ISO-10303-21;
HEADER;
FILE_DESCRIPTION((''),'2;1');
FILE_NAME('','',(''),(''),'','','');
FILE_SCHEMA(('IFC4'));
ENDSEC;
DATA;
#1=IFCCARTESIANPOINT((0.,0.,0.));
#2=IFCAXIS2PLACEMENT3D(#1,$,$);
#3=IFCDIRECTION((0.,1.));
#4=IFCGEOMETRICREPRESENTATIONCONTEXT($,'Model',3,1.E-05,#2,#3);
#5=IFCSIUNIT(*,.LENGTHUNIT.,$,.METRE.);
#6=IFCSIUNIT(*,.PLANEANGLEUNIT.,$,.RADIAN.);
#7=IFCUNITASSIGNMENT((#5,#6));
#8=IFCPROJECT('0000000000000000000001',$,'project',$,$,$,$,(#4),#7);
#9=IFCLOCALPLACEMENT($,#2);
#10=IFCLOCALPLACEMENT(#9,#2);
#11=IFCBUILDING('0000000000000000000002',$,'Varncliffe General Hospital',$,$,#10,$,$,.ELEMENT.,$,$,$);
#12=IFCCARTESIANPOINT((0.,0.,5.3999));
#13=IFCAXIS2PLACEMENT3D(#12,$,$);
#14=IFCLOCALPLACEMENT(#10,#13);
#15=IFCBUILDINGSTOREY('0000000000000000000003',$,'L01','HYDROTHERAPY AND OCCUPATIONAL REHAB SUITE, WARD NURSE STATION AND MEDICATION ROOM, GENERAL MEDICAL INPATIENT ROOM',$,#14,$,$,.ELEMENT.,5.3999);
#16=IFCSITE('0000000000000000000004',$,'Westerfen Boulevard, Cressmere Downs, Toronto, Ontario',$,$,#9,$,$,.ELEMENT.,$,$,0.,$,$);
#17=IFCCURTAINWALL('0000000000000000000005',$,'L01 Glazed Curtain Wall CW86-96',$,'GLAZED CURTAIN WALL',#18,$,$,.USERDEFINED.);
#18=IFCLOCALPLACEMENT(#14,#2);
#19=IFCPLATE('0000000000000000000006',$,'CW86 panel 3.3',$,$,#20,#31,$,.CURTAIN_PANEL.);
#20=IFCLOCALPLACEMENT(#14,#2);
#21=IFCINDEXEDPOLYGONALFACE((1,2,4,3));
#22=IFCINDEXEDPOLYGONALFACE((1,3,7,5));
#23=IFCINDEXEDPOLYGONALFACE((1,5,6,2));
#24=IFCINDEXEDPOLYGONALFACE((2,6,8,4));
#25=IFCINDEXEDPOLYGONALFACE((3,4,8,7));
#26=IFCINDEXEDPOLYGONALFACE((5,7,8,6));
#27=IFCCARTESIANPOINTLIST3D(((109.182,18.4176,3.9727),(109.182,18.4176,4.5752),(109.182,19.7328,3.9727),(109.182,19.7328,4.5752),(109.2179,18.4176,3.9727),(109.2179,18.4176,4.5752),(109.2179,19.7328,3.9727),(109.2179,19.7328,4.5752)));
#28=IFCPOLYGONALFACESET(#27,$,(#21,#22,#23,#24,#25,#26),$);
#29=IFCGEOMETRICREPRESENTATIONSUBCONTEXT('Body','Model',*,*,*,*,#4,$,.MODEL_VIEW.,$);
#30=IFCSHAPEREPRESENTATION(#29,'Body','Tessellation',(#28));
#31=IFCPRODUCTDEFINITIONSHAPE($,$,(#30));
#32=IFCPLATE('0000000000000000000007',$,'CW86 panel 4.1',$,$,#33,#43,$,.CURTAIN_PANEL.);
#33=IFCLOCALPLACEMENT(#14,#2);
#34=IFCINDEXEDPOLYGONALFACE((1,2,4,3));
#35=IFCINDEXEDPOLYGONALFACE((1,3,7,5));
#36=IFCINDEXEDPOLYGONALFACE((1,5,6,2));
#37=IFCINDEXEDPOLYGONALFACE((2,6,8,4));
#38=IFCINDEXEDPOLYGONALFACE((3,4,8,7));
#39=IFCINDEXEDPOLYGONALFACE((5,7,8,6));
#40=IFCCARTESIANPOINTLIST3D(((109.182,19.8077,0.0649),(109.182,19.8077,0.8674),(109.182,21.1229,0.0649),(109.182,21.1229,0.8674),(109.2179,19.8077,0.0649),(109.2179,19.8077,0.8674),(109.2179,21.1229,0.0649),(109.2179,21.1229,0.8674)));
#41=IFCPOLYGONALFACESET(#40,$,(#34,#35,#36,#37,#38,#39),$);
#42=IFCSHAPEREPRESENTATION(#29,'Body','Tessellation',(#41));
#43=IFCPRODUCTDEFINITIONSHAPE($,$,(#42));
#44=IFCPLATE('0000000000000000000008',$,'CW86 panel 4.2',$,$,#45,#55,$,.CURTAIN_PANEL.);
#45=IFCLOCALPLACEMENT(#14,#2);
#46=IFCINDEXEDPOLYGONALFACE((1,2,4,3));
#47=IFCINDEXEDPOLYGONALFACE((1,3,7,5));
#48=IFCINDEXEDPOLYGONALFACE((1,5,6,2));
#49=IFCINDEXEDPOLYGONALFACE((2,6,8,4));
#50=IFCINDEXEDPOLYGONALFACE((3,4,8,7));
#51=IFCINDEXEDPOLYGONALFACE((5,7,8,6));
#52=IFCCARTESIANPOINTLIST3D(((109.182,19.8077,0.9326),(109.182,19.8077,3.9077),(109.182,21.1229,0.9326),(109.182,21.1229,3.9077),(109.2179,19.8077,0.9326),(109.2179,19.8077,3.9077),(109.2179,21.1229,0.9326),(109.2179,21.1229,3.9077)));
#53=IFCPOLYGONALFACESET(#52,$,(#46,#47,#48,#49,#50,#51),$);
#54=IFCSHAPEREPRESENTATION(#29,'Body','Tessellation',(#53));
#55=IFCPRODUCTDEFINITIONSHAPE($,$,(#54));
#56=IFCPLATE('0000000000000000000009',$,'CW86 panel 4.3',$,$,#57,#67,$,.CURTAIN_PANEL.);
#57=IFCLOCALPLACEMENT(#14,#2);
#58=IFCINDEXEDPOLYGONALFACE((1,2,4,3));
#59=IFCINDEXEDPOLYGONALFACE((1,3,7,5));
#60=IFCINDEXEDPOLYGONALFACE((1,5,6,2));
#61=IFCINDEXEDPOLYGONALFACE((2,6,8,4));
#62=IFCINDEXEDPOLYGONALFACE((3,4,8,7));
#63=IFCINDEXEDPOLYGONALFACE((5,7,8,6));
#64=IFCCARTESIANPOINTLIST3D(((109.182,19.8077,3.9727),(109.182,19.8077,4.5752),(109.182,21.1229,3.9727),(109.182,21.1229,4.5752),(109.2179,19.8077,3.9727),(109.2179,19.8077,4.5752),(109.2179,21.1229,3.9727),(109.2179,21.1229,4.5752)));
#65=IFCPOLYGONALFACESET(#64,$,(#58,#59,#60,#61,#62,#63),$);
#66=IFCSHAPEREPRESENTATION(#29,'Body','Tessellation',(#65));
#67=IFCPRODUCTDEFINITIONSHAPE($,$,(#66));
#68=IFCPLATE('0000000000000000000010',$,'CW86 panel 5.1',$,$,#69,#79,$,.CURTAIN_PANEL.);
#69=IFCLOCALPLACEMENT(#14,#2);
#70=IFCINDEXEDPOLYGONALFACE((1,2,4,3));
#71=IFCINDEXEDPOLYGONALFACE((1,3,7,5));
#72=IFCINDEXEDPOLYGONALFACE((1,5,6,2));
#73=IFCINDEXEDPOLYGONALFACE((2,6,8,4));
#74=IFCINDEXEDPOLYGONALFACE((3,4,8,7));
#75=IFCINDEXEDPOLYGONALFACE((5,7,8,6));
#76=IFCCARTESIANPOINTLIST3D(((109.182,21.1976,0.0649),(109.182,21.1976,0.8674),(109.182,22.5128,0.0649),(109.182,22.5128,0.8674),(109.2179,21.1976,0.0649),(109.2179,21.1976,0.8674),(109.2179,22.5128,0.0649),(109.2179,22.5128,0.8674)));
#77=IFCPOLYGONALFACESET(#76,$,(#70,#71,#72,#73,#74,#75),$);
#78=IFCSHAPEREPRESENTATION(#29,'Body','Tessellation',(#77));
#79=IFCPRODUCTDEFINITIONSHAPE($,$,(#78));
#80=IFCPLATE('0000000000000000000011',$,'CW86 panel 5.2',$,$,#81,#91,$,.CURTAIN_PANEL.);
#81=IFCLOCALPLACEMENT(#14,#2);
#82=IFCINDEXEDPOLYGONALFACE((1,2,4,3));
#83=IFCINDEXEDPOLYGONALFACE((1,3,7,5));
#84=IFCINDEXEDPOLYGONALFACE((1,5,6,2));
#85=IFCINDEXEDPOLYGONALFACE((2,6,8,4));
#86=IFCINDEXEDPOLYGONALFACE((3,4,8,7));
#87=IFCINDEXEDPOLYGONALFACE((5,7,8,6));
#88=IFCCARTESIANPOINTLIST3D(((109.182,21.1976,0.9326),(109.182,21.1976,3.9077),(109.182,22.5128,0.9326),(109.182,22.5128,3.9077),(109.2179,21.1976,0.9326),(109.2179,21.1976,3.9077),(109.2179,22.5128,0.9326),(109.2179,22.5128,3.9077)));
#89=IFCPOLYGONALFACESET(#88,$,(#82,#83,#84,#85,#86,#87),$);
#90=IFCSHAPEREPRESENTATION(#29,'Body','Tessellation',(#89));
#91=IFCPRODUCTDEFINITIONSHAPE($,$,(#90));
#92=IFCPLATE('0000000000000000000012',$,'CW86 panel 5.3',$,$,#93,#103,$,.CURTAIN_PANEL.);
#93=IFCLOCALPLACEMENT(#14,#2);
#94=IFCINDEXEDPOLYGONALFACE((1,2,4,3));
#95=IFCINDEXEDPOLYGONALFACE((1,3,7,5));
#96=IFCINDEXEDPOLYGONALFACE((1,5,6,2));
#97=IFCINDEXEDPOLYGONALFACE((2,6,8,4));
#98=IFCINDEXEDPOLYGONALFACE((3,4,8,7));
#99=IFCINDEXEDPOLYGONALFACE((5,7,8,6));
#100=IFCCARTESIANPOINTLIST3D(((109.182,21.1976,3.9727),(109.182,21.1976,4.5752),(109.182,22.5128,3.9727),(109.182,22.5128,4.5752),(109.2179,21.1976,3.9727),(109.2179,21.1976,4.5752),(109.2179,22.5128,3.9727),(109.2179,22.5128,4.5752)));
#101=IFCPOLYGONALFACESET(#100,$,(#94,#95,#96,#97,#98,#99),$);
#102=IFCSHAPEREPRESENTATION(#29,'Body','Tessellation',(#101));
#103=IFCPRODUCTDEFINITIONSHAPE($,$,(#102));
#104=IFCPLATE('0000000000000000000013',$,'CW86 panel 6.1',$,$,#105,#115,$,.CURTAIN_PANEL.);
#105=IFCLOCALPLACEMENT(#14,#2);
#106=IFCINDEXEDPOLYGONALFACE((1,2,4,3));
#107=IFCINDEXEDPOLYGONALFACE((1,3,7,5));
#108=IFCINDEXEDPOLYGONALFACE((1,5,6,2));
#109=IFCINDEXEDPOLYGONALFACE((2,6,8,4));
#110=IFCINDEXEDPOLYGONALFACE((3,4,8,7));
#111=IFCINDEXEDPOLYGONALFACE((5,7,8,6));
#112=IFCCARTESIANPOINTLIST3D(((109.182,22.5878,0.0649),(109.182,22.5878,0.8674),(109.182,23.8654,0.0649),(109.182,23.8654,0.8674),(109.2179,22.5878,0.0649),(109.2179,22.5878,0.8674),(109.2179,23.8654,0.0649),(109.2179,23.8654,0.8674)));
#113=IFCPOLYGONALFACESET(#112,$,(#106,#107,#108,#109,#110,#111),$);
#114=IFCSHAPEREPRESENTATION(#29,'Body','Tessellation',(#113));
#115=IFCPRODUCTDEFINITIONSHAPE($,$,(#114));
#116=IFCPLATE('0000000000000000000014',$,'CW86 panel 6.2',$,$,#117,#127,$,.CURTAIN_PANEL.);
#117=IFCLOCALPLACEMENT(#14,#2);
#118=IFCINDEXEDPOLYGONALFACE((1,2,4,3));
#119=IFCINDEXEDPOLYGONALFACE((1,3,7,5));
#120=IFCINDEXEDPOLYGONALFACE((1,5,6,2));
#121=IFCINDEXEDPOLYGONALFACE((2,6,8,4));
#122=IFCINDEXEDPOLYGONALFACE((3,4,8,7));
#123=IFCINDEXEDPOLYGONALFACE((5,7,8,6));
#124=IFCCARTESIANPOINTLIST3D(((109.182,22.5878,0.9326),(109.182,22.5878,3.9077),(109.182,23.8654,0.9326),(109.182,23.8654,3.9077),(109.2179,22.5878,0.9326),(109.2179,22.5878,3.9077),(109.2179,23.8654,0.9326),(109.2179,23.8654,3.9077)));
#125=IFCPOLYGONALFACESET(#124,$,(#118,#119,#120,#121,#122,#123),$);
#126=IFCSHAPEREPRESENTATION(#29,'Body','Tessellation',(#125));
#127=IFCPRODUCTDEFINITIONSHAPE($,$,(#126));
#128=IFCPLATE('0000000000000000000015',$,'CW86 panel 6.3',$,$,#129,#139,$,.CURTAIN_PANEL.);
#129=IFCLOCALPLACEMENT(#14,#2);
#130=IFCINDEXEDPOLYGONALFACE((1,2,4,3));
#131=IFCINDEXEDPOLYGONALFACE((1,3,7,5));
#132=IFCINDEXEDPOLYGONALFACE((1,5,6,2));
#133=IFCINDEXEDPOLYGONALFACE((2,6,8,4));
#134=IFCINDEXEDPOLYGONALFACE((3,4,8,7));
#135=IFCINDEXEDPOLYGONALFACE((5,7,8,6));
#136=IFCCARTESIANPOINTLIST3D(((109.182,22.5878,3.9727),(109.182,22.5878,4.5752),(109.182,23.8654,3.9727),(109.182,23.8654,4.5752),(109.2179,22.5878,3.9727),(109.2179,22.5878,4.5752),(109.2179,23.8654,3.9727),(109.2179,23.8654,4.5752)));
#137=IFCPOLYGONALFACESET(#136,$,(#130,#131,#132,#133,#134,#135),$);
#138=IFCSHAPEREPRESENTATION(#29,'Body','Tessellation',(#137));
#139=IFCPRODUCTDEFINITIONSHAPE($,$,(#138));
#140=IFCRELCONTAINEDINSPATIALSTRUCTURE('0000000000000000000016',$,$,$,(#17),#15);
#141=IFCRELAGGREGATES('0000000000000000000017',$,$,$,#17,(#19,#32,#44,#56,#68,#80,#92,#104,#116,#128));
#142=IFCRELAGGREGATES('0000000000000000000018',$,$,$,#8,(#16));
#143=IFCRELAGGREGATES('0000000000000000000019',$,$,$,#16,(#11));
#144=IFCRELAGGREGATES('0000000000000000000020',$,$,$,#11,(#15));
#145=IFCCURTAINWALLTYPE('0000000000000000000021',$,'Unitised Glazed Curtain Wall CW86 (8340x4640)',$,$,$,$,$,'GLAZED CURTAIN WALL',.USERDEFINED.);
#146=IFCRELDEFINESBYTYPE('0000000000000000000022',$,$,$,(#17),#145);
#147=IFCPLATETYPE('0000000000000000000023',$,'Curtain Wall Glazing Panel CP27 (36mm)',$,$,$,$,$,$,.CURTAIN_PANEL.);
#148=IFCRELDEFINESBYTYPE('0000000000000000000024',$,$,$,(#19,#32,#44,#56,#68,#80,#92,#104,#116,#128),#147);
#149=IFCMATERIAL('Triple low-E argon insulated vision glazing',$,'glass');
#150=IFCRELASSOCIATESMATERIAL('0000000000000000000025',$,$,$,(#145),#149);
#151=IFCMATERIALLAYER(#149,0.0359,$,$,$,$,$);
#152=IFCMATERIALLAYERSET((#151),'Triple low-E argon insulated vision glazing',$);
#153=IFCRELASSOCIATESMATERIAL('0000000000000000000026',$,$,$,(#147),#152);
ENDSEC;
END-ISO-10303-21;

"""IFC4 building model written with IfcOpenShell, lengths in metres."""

from ifc_helpers import new_model, si_unit, direction, frame, origin, origin_2d, place, context, subcontext, project, spatial, rectangle, extrude, material, layer, layer_set, type_object, element, aggregate, save


model = new_model("IFC4")

# Units and contexts
model_context = context("Model", 3, precision=1e-05, world=origin(), true_north=direction((0.0, 1.0)))
body_context = subcontext(model_context, "Body", "Model", "MODEL_VIEW")
ifc_project = project(units=[si_unit("LENGTHUNIT", "METRE"), si_unit("PLANEANGLEUNIT", "RADIAN")], contexts=[model_context])

# Site, building, storey
site_placement = place(None, origin())
site = spatial("IfcSite", under=ifc_project, at=site_placement, Name="Westerfen Boulevard, Cressmere Downs, Toronto, Ontario", CompositionType="ELEMENT", RefElevation=0.0)
building_placement = place(site_placement, origin())
building = spatial("IfcBuilding", under=site, at=building_placement, Name="Varncliffe General Hospital", CompositionType="ELEMENT")
storey_placement = place(building_placement, frame((0.0, 0.0, 5.3999)))
storey = spatial("IfcBuildingStorey", under=building, at=storey_placement, Name="L01", Description="HYDROTHERAPY AND OCCUPATIONAL REHAB SUITE, WARD NURSE STATION AND MEDICATION ROOM, GENERAL MEDICAL INPATIENT ROOM", CompositionType="ELEMENT", Elevation=5.3999)

# Shared definitions
ifc_material_1 = material(Name="Triple low-E argon insulated vision glazing", Category="glass")

# Curtain wall, plates
curtain_wall_type_1 = type_object("IfcCurtainWallType", Name="Unitised Glazed Curtain Wall CW86 (8340x4640)", ElementType="GLAZED CURTAIN WALL", PredefinedType="USERDEFINED", material=ifc_material_1)
curtain_wall_1_placement = place(storey_placement, origin())
curtain_wall_1 = element("IfcCurtainWall", 1, at=curtain_wall_1_placement, inside=storey, type_object=curtain_wall_type_1, Name="L01 Glazed Curtain Wall CW86-96", ObjectType="GLAZED CURTAIN WALL", PredefinedType="USERDEFINED")
ifc_layer = layer(ifc_material_1, 0.0359)
ifc_layer_set = layer_set([ifc_layer], Name="Triple low-E argon insulated vision glazing")
plate_type = type_object("IfcPlateType", Name="Curtain Wall Glazing Panel CP27 (36mm)", PredefinedType="CURTAIN_PANEL", material=ifc_layer_set)
plate_1_placement = place(storey_placement, frame((109.2, 19.0752, 3.9727), z_axis=(0.0, 0.0, 1.0), x_axis=(0.0, 1.0, 0.0)))
plate_1 = element("IfcPlate", 2, at=plate_1_placement, type_object=plate_type, Name="CW86 panel 3.3", PredefinedType="CURTAIN_PANEL", context=body_context, shape_type="SweptSolid", body=[
    extrude(rectangle(XDim=1.3152, YDim=0.0359, at=origin_2d()), origin(), (0.0, 0.0, 1.0), 0.6025),
])
plate_2_placement = place(storey_placement, frame((109.2, 20.4653, 0.0649), z_axis=(0.0, 0.0, 1.0), x_axis=(0.0, 1.0, 0.0)))
plate_2 = element("IfcPlate", 3, at=plate_2_placement, type_object=plate_type, Name="CW86 panel 4.1", PredefinedType="CURTAIN_PANEL", context=body_context, shape_type="SweptSolid", body=[
    extrude(rectangle(XDim=1.3152, YDim=0.0359, at=origin_2d()), origin(), (0.0, 0.0, 1.0), 0.8025),
])
plate_3_placement = place(storey_placement, frame((109.2, 20.4653, 0.9326), z_axis=(0.0, 0.0, 1.0), x_axis=(0.0, 1.0, 0.0)))
plate_3 = element("IfcPlate", 4, at=plate_3_placement, type_object=plate_type, Name="CW86 panel 4.2", PredefinedType="CURTAIN_PANEL", context=body_context, shape_type="SweptSolid", body=[
    extrude(rectangle(XDim=1.3152, YDim=0.0359, at=origin_2d()), origin(), (0.0, 0.0, 1.0), 2.9751),
])
plate_4_placement = place(storey_placement, frame((109.2, 20.4653, 3.9727), z_axis=(0.0, 0.0, 1.0), x_axis=(0.0, 1.0, 0.0)))
plate_4 = element("IfcPlate", 5, at=plate_4_placement, type_object=plate_type, Name="CW86 panel 4.3", PredefinedType="CURTAIN_PANEL", context=body_context, shape_type="SweptSolid", body=[
    extrude(rectangle(XDim=1.3152, YDim=0.0359, at=origin_2d()), origin(), (0.0, 0.0, 1.0), 0.6025),
])
plate_5_placement = place(storey_placement, frame((109.2, 21.8552, 0.0649), z_axis=(0.0, 0.0, 1.0), x_axis=(0.0, 1.0, 0.0)))
plate_5 = element("IfcPlate", 6, at=plate_5_placement, type_object=plate_type, Name="CW86 panel 5.1", PredefinedType="CURTAIN_PANEL", context=body_context, shape_type="SweptSolid", body=[
    extrude(rectangle(XDim=1.3152, YDim=0.0359, at=origin_2d()), origin(), (0.0, 0.0, 1.0), 0.8025),
])
plate_6_placement = place(storey_placement, frame((109.2, 21.8552, 0.9326), z_axis=(0.0, 0.0, 1.0), x_axis=(0.0, 1.0, 0.0)))
plate_6 = element("IfcPlate", 7, at=plate_6_placement, type_object=plate_type, Name="CW86 panel 5.2", PredefinedType="CURTAIN_PANEL", context=body_context, shape_type="SweptSolid", body=[
    extrude(rectangle(XDim=1.3152, YDim=0.0359, at=origin_2d()), origin(), (0.0, 0.0, 1.0), 2.9751),
])
plate_7_placement = place(storey_placement, frame((109.2, 21.8552, 3.9727), z_axis=(0.0, 0.0, 1.0), x_axis=(0.0, 1.0, 0.0)))
plate_7 = element("IfcPlate", 8, at=plate_7_placement, type_object=plate_type, Name="CW86 panel 5.3", PredefinedType="CURTAIN_PANEL", context=body_context, shape_type="SweptSolid", body=[
    extrude(rectangle(XDim=1.3152, YDim=0.0359, at=origin_2d()), origin(), (0.0, 0.0, 1.0), 0.6025),
])
plate_8_placement = place(storey_placement, frame((109.2, 23.2266, 0.0649), z_axis=(0.0, 0.0, 1.0), x_axis=(0.0, 1.0, 0.0)))
plate_8 = element("IfcPlate", 9, at=plate_8_placement, type_object=plate_type, Name="CW86 panel 6.1", PredefinedType="CURTAIN_PANEL", context=body_context, shape_type="SweptSolid", body=[
    extrude(rectangle(XDim=1.2776, YDim=0.0359, at=origin_2d()), origin(), (0.0, 0.0, 1.0), 0.8025),
])
plate_9_placement = place(storey_placement, frame((109.2, 23.2266, 0.9326), z_axis=(0.0, 0.0, 1.0), x_axis=(0.0, 1.0, 0.0)))
plate_9 = element("IfcPlate", 10, at=plate_9_placement, type_object=plate_type, Name="CW86 panel 6.2", PredefinedType="CURTAIN_PANEL", context=body_context, shape_type="SweptSolid", body=[
    extrude(rectangle(XDim=1.2776, YDim=0.0359, at=origin_2d()), origin(), (0.0, 0.0, 1.0), 2.9751),
])
plate_10_placement = place(storey_placement, frame((109.2, 23.2266, 3.9727), z_axis=(0.0, 0.0, 1.0), x_axis=(0.0, 1.0, 0.0)))
plate_10 = element("IfcPlate", 11, at=plate_10_placement, type_object=plate_type, Name="CW86 panel 6.3", PredefinedType="CURTAIN_PANEL", context=body_context, shape_type="SweptSolid", body=[
    extrude(rectangle(XDim=1.2776, YDim=0.0359, at=origin_2d()), origin(), (0.0, 0.0, 1.0), 0.6025),
])
aggregate(curtain_wall_1, [plate_1, plate_2, plate_3, plate_4, plate_5, plate_6, plate_7, plate_8, plate_9, plate_10])

save(model, "model.ifc")
